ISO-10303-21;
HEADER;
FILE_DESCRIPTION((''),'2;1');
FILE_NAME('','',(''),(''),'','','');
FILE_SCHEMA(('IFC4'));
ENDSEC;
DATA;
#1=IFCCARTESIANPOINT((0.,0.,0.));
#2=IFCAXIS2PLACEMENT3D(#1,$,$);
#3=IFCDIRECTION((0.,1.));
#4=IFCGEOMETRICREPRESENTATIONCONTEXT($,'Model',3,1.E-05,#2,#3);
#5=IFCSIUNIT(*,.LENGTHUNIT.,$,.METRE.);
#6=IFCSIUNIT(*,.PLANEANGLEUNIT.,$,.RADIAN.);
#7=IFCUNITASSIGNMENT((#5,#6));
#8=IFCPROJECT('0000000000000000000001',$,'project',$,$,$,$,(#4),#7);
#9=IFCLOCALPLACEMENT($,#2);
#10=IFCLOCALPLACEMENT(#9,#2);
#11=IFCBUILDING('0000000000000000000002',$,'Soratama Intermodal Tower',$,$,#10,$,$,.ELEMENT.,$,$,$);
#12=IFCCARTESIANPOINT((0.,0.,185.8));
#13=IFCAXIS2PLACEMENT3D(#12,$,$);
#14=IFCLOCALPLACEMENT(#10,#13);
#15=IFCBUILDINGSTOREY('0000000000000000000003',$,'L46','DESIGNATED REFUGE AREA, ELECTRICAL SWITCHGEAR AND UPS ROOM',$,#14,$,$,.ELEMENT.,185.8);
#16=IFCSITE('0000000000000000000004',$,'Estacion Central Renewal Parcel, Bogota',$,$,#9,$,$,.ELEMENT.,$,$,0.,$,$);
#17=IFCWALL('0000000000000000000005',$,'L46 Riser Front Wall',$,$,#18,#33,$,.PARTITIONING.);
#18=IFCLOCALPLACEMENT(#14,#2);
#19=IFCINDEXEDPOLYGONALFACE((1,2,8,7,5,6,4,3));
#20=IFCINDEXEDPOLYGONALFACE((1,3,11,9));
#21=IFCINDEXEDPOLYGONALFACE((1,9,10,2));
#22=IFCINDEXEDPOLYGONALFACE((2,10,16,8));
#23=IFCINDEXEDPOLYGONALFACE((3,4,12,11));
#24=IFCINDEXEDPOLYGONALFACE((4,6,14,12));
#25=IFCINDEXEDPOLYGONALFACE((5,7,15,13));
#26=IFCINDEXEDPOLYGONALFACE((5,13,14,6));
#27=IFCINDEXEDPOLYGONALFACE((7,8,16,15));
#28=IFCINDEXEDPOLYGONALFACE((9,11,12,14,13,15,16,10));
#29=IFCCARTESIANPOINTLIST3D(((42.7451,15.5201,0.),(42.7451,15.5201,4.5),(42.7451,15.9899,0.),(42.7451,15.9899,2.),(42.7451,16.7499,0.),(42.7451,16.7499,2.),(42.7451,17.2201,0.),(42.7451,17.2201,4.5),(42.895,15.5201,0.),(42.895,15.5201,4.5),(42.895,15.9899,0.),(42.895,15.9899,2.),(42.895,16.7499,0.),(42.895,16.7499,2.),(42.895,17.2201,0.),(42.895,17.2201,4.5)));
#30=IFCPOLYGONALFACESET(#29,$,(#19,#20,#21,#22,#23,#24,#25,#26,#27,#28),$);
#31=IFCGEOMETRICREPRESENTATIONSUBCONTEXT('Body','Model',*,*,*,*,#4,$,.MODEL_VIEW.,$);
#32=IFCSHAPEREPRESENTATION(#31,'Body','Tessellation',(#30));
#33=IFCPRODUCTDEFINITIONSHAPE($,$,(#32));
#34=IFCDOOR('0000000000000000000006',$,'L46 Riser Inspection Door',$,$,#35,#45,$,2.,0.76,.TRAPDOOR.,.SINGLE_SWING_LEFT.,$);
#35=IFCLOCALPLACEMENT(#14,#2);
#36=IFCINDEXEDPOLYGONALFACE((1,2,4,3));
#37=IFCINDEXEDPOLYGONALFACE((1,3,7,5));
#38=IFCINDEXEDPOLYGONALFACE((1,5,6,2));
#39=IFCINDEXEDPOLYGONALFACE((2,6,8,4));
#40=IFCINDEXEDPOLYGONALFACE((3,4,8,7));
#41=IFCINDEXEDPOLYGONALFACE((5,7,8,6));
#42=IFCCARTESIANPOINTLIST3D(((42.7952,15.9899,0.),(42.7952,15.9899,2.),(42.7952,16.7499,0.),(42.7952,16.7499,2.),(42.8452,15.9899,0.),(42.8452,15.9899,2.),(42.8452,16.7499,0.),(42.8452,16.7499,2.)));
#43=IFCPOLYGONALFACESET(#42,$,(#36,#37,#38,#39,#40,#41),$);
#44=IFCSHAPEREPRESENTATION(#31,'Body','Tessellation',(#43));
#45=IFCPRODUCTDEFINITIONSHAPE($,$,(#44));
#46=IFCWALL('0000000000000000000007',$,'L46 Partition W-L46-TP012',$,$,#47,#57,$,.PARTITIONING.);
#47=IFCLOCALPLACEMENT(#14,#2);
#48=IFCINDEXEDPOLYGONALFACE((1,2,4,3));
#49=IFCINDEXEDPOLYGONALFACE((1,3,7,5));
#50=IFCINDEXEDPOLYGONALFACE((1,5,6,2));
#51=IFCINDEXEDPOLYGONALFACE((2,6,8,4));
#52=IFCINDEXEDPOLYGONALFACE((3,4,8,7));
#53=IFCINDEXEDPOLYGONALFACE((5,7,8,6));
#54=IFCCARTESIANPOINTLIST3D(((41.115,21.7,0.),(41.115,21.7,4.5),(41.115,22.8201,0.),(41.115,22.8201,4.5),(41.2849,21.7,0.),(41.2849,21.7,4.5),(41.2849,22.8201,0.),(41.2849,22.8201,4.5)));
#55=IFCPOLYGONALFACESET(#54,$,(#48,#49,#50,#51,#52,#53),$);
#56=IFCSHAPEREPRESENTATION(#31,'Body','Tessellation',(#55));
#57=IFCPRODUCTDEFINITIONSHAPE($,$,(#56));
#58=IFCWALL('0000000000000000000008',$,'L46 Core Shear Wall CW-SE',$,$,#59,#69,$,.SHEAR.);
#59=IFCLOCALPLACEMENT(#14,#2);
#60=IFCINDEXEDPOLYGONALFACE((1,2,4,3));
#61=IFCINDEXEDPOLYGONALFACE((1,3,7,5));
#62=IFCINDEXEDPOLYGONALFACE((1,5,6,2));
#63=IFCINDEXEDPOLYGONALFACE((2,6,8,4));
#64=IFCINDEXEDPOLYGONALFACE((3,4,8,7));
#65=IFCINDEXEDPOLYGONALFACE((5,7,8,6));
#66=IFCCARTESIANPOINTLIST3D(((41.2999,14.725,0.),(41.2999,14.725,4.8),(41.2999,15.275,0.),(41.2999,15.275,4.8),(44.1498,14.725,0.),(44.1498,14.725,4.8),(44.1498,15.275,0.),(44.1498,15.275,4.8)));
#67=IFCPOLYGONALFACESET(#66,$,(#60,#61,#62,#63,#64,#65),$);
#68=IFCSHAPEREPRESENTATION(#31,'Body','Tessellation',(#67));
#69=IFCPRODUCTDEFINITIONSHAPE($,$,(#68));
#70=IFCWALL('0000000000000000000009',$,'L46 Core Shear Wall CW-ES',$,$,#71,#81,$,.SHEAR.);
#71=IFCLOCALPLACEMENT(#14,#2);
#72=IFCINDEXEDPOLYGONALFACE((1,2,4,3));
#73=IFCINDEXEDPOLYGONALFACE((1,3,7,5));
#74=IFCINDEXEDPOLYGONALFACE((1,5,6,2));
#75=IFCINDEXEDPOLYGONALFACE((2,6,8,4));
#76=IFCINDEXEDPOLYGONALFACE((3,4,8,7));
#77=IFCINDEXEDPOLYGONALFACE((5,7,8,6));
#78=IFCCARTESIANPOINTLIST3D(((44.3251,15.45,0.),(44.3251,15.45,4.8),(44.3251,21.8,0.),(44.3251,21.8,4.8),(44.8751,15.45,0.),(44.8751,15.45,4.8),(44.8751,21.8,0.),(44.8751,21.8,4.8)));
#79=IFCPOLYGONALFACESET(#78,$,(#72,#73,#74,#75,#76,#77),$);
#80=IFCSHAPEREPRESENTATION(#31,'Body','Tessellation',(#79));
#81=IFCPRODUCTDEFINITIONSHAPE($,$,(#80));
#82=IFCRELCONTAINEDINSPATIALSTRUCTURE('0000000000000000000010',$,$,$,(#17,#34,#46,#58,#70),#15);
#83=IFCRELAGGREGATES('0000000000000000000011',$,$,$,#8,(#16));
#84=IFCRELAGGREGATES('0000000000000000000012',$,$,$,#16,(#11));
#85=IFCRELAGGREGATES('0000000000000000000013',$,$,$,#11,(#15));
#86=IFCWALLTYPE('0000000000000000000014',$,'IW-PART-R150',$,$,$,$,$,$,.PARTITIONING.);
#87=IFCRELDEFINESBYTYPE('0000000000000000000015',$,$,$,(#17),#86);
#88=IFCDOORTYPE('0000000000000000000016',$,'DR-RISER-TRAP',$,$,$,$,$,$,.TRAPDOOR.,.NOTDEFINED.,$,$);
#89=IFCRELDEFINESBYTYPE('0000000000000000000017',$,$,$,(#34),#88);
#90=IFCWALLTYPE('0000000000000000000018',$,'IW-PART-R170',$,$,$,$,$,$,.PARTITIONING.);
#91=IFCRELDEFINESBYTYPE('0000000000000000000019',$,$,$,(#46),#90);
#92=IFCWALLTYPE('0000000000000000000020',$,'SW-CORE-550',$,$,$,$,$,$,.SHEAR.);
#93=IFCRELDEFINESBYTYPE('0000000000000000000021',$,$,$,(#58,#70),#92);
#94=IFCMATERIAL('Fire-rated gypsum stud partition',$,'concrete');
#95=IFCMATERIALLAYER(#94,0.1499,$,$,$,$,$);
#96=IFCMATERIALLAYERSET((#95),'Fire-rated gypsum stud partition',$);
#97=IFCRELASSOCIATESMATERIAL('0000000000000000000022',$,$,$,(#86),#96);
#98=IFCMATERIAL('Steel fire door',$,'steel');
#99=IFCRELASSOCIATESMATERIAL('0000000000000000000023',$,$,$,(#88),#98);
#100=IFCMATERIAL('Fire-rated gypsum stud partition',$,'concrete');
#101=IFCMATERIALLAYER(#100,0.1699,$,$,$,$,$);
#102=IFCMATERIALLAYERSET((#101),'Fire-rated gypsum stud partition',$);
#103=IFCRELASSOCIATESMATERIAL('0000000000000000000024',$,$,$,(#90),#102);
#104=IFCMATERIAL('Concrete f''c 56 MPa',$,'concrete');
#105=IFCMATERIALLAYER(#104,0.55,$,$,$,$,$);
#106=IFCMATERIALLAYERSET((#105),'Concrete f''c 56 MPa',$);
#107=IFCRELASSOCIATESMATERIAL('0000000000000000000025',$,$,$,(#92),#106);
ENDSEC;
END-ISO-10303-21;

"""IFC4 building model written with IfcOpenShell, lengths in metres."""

from ifc_helpers import new_model, si_unit, direction, frame, frame_2d, origin, place, context, subcontext, project, spatial, rectangle, extrude, material, layer, layer_set, type_object, element, fill, save


model = new_model("IFC4")

# Units and contexts
model_context = context("Model", 3, precision=1e-05, world=origin(), true_north=direction((0.0, 1.0)))
body_context = subcontext(model_context, "Body", "Model", "MODEL_VIEW")
ifc_project = project(units=[si_unit("LENGTHUNIT", "METRE"), si_unit("PLANEANGLEUNIT", "RADIAN")], contexts=[model_context])

# Site, building, storey
site_placement = place(None, origin())
site = spatial("IfcSite", under=ifc_project, at=site_placement, Name="Estacion Central Renewal Parcel, Bogota", CompositionType="ELEMENT", RefElevation=0.0)
building_placement = place(site_placement, origin())
building = spatial("IfcBuilding", under=site, at=building_placement, Name="Soratama Intermodal Tower", CompositionType="ELEMENT")
storey_placement = place(building_placement, frame((0.0, 0.0, 185.8)))
storey = spatial("IfcBuildingStorey", under=building, at=storey_placement, Name="L46", Description="DESIGNATED REFUGE AREA, ELECTRICAL SWITCHGEAR AND UPS ROOM", CompositionType="ELEMENT", Elevation=185.8)

# Shared definitions
ifc_material_1 = material(Name="Fire-rated gypsum stud partition", Category="concrete")
ifc_layer_1 = layer(ifc_material_1, 0.1499)
ifc_layer_set_1 = layer_set([ifc_layer_1], Name="Fire-rated gypsum stud partition")
wall_type_1 = type_object("IfcWallType", Name="IW-PART-R150", PredefinedType="PARTITIONING", material=ifc_layer_set_1)

# Wall, opening, door
wall_1_placement = place(storey_placement, frame((42.8201, 15.52, 0.0), z_axis=(0.0, 0.0, 1.0), x_axis=(0.0, 1.0, 0.0)))
wall_1 = element("IfcWall", 1, at=wall_1_placement, inside=storey, type_object=wall_type_1, Name="L46 Riser Front Wall", PredefinedType="PARTITIONING", context=body_context, shape_type="SweptSolid", body=[
    extrude(rectangle(XDim=1.7, YDim=0.1499, at=frame_2d((0.8501, 0.0))), origin(), (0.0, 0.0, 1.0), 4.5),
])
opening_1_placement = place(wall_1_placement, frame((0.47, 0.0, 0.0)))
opening_1 = element("IfcOpeningElement", 2, at=opening_1_placement, cuts=wall_1, PredefinedType="OPENING", context=body_context, shape_type="SweptSolid", body=[
    extrude(rectangle(XDim=0.76, YDim=2.0, at=frame_2d((0.3799, 1.0))), frame((0.0, 0.085, 0.0), z_axis=(0.0, -1.0, 0.0), x_axis=(1.0, 0.0, 0.0)), (0.0, 0.0, 1.0), 0.1699),
])
ifc_material_2 = material(Name="Steel fire door", Category="steel")
door_type_1 = type_object("IfcDoorType", Name="DR-RISER-TRAP", OperationType="NOTDEFINED", PredefinedType="TRAPDOOR", material=ifc_material_2)
door_1_placement = place(opening_1_placement, origin())
door_1 = element("IfcDoor", 3, at=door_1_placement, inside=storey, type_object=door_type_1, Name="L46 Riser Inspection Door", OperationType="SINGLE_SWING_LEFT", OverallHeight=2.0, OverallWidth=0.76, PredefinedType="TRAPDOOR", context=body_context, shape_type="SweptSolid", body=[
    extrude(rectangle(XDim=0.76, YDim=2.0, at=frame_2d((0.3799, 1.0))), frame((0.0, 0.0249, 0.0), z_axis=(0.0, -1.0, 0.0), x_axis=(1.0, 0.0, 0.0)), (0.0, 0.0, 1.0), 0.05),
])
fill(opening_1, door_1)
ifc_material_3 = material(Name="Fire-rated gypsum stud partition", Category="concrete")
ifc_layer_2 = layer(ifc_material_3, 0.1699)
ifc_layer_set_2 = layer_set([ifc_layer_2], Name="Fire-rated gypsum stud partition")
wall_type_2 = type_object("IfcWallType", Name="IW-PART-R170", PredefinedType="PARTITIONING", material=ifc_layer_set_2)

# Walls
wall_2_placement = place(storey_placement, frame((41.2, 21.7, 0.0), z_axis=(0.0, 0.0, 1.0), x_axis=(0.0, 1.0, 0.0)))
element("IfcWall", 4, at=wall_2_placement, inside=storey, type_object=wall_type_2, Name="L46 Partition W-L46-TP012", PredefinedType="PARTITIONING", context=body_context, shape_type="SweptSolid", body=[
    extrude(rectangle(XDim=1.1201, YDim=0.1699, at=frame_2d((0.5601, 0.0))), origin(), (0.0, 0.0, 1.0), 4.5),
])
ifc_material_4 = material(Name="Concrete f'c 56 MPa", Category="concrete")
ifc_layer_3 = layer(ifc_material_4, 0.55)
ifc_layer_set_3 = layer_set([ifc_layer_3], Name="Concrete f'c 56 MPa")
wall_type_3 = type_object("IfcWallType", Name="SW-CORE-550", PredefinedType="SHEAR", material=ifc_layer_set_3)
wall_3_placement = place(storey_placement, frame((41.3, 15.0, 0.0), z_axis=(0.0, 0.0, 1.0), x_axis=(1.0, 0.0, 0.0)))
element("IfcWall", 5, at=wall_3_placement, inside=storey, type_object=wall_type_3, Name="L46 Core Shear Wall CW-SE", PredefinedType="SHEAR", context=body_context, shape_type="SweptSolid", body=[
    extrude(rectangle(XDim=2.8499, YDim=0.55, at=frame_2d((1.4248, 0.0))), origin(), (0.0, 0.0, 1.0), 4.8),
])
wall_4_placement = place(storey_placement, frame((44.6001, 15.45, 0.0), z_axis=(0.0, 0.0, 1.0), x_axis=(0.0, 1.0, 0.0)))
element("IfcWall", 6, at=wall_4_placement, inside=storey, type_object=wall_type_3, Name="L46 Core Shear Wall CW-ES", PredefinedType="SHEAR", context=body_context, shape_type="SweptSolid", body=[
    extrude(rectangle(XDim=6.3501, YDim=0.55, at=frame_2d((3.175, 0.0))), origin(), (0.0, 0.0, 1.0), 4.8),
])

save(model, "model.ifc")
